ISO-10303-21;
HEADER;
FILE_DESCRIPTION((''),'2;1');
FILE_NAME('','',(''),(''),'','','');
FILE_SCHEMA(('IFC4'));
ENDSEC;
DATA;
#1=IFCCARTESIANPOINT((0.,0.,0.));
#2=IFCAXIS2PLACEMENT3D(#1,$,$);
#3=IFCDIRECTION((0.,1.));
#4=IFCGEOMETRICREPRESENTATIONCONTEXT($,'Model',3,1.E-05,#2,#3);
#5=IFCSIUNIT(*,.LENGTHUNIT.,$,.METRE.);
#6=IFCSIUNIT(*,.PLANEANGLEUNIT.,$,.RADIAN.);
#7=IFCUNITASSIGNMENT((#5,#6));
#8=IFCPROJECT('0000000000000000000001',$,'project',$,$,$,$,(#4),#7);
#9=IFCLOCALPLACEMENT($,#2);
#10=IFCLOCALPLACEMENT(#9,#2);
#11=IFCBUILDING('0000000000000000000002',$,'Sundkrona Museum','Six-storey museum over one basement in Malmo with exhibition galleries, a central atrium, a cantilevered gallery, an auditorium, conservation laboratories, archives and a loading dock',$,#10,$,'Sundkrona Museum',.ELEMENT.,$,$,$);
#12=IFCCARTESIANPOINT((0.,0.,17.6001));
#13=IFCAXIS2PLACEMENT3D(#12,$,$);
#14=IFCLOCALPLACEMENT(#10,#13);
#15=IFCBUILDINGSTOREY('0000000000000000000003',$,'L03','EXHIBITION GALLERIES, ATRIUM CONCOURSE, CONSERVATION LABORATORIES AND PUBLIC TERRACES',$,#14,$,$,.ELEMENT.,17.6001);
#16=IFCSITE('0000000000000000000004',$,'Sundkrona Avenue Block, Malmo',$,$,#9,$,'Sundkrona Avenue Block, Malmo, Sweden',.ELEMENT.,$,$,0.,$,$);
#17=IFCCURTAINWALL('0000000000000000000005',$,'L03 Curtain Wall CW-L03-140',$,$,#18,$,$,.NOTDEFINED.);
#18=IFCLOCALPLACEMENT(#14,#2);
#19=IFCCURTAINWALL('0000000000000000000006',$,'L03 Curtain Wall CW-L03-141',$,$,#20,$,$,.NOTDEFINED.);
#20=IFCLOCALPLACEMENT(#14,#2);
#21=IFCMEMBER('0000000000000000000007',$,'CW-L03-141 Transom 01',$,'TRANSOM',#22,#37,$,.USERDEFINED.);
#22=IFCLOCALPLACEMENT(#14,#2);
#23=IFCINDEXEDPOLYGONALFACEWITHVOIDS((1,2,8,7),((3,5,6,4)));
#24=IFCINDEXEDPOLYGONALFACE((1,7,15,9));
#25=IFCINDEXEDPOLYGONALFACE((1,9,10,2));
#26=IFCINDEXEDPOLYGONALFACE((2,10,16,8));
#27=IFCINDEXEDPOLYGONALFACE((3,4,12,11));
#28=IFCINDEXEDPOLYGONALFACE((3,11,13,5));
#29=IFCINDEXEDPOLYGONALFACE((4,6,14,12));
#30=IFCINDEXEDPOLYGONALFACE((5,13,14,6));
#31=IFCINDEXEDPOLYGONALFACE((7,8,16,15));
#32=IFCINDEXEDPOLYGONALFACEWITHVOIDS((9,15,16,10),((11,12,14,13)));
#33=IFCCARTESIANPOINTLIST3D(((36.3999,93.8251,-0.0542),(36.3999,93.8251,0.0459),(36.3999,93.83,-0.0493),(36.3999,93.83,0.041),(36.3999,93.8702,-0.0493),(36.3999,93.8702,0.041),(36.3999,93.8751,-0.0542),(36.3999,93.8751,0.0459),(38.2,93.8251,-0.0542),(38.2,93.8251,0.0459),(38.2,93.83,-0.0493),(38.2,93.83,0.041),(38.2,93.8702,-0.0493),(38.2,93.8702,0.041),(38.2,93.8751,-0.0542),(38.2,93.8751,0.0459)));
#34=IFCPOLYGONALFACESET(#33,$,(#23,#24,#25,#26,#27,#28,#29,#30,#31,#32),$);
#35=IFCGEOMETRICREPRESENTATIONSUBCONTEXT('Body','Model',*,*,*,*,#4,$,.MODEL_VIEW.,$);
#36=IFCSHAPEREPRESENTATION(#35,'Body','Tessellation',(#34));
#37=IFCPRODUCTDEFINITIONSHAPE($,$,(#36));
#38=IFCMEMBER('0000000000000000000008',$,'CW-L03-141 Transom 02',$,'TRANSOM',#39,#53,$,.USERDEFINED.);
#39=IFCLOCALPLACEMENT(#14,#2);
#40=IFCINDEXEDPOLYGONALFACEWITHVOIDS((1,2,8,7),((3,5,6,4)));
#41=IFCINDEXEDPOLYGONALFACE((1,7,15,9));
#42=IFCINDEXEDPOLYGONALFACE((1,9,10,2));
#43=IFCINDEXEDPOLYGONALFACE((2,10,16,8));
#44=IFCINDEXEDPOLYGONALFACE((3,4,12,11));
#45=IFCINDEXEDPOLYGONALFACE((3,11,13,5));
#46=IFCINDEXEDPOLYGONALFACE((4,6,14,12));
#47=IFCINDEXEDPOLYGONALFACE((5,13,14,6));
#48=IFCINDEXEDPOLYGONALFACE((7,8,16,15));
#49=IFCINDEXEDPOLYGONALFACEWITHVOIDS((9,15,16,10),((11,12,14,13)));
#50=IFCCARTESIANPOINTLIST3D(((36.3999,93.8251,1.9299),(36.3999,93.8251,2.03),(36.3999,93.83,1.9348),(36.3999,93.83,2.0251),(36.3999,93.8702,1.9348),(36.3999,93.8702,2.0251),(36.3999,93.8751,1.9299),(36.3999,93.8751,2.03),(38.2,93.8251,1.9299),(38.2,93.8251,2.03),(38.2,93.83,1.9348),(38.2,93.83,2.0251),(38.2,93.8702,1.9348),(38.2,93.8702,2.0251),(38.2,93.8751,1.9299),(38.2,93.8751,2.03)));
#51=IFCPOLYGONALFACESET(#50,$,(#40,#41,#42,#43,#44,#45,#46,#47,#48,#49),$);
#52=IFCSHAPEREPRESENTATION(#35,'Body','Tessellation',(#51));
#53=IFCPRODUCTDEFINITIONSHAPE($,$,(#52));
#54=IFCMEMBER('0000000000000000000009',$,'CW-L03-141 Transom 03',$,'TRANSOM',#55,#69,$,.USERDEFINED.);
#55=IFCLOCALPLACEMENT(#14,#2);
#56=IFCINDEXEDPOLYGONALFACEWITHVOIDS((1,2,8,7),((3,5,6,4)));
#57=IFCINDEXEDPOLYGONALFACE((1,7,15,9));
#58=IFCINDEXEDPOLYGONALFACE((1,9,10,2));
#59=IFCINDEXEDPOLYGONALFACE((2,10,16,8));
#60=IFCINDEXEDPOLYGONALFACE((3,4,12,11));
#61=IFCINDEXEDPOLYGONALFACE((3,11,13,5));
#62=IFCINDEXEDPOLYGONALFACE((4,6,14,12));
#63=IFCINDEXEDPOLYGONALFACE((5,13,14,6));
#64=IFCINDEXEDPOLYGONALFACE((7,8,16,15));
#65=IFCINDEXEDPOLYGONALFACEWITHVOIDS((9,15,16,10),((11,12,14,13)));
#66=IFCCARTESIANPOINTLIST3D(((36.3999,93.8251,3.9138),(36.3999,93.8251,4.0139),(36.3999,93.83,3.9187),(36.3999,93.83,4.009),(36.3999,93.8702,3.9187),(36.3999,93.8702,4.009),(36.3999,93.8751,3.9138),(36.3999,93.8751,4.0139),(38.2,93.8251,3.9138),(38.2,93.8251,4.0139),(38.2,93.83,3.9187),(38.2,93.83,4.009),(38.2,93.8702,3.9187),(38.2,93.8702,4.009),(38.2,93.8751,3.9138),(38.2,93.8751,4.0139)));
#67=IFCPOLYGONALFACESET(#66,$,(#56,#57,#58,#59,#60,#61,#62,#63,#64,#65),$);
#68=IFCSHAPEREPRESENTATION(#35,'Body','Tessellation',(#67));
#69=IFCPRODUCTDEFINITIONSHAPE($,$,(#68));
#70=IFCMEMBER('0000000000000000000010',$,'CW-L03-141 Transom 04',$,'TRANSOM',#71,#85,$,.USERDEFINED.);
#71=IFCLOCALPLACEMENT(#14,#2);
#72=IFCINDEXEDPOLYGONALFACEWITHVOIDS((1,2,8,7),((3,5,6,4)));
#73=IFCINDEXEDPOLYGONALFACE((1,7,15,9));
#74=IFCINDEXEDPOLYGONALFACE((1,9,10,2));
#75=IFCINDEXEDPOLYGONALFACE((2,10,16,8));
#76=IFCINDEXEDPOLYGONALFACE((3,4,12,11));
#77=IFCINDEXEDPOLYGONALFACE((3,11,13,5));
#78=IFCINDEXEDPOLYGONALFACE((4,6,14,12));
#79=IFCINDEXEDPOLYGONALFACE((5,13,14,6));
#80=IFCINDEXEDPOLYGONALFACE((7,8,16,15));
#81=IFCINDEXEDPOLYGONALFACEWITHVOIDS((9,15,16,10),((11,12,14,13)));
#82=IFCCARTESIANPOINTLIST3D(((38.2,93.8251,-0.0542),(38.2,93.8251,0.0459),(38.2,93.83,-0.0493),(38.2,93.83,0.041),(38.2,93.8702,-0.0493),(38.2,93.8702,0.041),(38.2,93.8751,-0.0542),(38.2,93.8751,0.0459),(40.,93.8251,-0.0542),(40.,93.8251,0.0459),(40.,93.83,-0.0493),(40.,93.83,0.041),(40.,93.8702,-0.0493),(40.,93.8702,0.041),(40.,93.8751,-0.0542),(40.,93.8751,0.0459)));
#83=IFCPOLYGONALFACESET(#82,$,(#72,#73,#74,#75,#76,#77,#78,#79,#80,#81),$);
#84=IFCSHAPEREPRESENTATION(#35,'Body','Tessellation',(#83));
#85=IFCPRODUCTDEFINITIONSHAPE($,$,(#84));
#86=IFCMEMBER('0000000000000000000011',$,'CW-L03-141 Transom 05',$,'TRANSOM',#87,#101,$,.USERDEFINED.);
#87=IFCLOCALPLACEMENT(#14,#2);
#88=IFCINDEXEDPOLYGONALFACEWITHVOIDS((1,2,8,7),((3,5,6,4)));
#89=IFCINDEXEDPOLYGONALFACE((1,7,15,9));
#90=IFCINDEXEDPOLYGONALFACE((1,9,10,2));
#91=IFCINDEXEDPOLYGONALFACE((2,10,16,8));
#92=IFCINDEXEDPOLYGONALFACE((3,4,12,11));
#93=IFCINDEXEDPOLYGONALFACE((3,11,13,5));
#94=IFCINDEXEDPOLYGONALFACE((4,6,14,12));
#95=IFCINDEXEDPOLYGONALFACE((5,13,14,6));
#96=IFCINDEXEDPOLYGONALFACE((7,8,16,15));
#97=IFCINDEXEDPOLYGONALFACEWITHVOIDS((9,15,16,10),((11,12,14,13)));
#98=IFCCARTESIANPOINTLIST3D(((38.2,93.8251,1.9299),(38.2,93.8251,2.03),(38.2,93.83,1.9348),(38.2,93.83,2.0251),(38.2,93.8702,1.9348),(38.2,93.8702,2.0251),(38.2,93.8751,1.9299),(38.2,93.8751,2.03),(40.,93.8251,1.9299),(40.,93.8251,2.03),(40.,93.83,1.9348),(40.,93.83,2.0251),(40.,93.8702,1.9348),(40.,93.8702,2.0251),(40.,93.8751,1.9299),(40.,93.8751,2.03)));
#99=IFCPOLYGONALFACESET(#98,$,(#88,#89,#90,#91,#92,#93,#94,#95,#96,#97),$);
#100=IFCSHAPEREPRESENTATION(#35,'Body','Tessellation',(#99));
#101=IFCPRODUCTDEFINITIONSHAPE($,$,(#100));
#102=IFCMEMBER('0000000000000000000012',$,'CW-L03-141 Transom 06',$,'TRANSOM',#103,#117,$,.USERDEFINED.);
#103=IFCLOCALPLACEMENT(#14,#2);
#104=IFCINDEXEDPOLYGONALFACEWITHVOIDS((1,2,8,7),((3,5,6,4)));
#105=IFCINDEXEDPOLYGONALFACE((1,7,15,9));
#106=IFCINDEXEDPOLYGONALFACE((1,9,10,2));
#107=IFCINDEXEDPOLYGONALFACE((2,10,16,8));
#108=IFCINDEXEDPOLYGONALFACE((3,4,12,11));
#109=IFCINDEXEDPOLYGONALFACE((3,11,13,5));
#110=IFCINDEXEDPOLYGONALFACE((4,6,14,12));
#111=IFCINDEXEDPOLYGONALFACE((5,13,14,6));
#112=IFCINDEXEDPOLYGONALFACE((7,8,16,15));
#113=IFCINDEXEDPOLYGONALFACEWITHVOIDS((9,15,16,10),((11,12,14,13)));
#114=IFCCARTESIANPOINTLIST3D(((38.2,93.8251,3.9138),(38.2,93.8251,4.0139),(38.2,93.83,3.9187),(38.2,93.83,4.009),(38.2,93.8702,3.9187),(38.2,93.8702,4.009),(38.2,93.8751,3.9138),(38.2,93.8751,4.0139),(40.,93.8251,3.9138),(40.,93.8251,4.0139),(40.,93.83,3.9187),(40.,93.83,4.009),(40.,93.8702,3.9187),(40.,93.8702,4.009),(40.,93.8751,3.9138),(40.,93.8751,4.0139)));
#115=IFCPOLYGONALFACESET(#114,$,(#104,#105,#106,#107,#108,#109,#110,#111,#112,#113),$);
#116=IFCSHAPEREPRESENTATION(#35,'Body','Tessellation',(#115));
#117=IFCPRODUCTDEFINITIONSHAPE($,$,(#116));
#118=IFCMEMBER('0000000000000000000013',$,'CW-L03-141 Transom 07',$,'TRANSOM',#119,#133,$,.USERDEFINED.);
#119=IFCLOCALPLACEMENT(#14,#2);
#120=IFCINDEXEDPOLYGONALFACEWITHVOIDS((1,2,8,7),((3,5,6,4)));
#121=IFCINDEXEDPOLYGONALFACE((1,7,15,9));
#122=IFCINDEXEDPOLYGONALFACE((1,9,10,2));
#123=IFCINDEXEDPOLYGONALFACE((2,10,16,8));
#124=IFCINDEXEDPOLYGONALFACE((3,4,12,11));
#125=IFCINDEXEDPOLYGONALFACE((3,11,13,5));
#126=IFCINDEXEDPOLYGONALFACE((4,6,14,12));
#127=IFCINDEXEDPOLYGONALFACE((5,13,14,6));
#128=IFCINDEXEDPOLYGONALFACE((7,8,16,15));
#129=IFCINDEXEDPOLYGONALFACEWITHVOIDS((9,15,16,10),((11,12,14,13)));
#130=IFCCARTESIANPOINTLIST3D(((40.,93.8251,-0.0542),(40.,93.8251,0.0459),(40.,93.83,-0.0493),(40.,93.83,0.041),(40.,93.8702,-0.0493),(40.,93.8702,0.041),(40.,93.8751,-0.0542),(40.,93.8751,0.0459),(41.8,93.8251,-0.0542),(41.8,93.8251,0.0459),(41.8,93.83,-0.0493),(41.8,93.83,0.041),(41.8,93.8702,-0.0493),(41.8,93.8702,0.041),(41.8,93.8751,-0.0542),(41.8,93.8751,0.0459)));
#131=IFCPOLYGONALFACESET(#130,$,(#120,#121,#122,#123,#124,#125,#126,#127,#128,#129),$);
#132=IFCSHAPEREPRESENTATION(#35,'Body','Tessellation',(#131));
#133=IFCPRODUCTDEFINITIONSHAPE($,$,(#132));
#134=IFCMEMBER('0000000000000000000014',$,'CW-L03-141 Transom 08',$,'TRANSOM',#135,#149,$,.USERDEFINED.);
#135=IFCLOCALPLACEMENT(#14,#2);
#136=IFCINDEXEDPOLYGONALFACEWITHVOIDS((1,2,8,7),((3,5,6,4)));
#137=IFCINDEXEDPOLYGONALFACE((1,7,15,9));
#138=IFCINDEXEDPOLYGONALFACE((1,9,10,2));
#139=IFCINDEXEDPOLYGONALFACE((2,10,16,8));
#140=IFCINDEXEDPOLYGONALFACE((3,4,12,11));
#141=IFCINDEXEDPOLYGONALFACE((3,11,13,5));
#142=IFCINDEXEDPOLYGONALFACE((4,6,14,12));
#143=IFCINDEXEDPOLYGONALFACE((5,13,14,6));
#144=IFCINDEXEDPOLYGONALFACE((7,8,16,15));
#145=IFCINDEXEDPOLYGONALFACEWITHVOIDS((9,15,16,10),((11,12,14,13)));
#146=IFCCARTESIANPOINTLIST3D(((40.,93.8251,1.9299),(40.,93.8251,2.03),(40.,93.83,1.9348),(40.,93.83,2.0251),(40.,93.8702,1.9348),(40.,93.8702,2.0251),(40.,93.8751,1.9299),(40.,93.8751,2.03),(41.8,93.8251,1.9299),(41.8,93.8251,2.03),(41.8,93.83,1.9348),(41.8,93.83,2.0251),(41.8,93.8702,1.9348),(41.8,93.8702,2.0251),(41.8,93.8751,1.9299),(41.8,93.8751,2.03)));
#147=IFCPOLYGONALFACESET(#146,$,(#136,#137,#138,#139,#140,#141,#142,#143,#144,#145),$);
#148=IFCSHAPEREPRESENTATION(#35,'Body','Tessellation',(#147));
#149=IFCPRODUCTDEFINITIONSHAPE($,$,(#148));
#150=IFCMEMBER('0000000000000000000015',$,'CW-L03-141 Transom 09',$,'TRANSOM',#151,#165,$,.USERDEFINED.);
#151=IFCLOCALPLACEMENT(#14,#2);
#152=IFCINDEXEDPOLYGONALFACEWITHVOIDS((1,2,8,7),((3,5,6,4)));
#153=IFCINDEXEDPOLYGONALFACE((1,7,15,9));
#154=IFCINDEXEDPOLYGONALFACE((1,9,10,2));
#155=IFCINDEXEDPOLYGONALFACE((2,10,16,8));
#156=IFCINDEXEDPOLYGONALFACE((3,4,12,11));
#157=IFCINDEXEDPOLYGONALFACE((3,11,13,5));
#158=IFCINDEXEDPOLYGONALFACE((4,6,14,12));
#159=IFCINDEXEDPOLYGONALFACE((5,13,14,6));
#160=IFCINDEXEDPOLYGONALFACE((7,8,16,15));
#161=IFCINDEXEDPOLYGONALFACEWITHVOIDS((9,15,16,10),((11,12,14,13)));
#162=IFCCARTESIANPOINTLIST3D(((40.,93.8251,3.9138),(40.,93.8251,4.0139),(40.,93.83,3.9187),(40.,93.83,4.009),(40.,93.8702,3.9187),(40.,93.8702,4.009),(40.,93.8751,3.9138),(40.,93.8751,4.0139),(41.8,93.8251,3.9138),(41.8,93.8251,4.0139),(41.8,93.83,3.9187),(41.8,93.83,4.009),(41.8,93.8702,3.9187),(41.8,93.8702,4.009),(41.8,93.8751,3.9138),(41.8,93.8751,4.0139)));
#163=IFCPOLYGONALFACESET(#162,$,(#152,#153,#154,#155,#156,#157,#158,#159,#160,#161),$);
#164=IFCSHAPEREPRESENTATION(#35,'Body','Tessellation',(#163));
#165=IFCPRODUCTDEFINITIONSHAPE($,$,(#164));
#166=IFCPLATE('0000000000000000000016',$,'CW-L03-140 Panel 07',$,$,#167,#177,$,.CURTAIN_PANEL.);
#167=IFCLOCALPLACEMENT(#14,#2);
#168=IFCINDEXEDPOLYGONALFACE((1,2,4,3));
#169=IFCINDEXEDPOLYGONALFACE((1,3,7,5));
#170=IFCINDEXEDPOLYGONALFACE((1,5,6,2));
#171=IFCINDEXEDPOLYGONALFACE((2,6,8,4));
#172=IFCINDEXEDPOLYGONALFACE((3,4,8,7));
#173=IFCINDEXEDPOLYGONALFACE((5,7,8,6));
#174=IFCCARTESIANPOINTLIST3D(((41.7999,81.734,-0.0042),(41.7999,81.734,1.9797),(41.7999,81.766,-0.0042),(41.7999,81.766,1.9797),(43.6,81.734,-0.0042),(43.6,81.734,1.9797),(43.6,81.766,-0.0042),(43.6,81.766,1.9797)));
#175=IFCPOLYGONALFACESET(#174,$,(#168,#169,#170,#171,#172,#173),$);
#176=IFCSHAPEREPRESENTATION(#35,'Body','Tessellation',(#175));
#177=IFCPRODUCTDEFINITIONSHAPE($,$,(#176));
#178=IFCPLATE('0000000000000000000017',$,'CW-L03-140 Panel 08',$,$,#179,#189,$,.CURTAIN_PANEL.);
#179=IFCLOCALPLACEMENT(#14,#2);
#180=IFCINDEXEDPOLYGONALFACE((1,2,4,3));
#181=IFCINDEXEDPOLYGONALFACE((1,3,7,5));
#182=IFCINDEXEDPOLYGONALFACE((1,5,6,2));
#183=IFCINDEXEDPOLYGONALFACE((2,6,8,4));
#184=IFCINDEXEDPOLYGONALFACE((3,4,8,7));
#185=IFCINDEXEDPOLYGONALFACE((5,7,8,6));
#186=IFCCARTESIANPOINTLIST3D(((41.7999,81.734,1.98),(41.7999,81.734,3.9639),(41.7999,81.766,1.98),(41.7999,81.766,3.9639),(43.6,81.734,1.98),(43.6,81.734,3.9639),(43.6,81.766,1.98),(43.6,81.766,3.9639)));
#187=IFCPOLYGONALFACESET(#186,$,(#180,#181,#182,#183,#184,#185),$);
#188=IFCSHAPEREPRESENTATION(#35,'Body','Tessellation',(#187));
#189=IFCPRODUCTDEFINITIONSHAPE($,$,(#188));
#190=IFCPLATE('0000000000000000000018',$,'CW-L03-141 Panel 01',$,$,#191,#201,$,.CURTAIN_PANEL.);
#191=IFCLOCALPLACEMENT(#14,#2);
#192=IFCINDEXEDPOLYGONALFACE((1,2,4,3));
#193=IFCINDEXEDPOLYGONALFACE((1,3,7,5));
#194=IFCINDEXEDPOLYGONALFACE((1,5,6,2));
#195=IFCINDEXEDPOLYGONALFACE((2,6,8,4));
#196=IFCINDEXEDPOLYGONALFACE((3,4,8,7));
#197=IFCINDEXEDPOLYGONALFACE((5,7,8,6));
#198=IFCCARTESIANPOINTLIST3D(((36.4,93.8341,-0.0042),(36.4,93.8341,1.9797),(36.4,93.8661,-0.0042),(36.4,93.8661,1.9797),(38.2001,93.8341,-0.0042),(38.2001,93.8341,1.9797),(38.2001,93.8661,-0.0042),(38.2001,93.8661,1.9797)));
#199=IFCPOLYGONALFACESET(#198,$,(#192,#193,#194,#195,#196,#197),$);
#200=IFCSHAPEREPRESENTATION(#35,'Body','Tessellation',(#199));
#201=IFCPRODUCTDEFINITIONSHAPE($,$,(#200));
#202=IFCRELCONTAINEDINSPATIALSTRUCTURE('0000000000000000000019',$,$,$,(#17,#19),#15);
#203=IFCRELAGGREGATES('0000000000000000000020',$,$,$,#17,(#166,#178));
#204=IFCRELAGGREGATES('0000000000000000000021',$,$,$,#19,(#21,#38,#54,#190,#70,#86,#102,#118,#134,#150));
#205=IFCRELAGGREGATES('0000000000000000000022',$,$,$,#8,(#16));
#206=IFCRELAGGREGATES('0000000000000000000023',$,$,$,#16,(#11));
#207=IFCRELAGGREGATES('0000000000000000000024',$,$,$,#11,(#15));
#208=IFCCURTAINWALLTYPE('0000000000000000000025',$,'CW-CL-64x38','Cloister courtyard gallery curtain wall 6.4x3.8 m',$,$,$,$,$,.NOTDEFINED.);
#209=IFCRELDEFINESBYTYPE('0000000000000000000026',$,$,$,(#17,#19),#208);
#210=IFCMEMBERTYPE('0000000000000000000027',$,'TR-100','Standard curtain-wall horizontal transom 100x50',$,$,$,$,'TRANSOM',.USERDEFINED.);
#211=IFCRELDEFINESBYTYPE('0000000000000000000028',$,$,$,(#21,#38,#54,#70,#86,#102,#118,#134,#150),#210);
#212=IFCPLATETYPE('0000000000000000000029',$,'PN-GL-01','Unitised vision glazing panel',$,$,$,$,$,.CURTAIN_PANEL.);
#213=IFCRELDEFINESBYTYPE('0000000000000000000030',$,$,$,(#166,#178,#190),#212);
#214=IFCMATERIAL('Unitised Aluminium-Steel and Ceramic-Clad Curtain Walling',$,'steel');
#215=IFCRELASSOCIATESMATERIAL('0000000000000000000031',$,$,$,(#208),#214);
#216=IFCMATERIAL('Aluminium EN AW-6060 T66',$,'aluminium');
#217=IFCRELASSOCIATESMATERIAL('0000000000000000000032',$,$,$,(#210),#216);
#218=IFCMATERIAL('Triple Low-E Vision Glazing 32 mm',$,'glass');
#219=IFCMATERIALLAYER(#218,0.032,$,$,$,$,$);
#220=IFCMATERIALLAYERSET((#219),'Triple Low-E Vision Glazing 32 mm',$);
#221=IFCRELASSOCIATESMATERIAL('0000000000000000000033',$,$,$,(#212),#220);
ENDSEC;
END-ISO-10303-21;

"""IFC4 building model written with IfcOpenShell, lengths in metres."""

from ifc_helpers import new_model, si_unit, direction, frame, origin, origin_2d, place, context, subcontext, project, spatial, rectangle, hollow_rectangle, extrude, material, layer, layer_set, material_profile, profile_set, type_object, element, aggregate, save


model = new_model("IFC4")

# Units and contexts
model_context = context("Model", 3, precision=1e-05, world=origin(), true_north=direction((0.0, 1.0)))
body_context = subcontext(model_context, "Body", "Model", "MODEL_VIEW")
ifc_project = project(units=[si_unit("LENGTHUNIT", "METRE"), si_unit("PLANEANGLEUNIT", "RADIAN")], contexts=[model_context])

# Site, building, storey
site_placement = place(None, origin())
site = spatial("IfcSite", under=ifc_project, at=site_placement, Name="Sundkrona Avenue Block, Malmo", LongName="Sundkrona Avenue Block, Malmo, Sweden", CompositionType="ELEMENT", RefElevation=0.0)
building_placement = place(site_placement, origin())
building = spatial("IfcBuilding", under=site, at=building_placement, Name="Sundkrona Museum", Description="Six-storey museum over one basement in Malmo with exhibition galleries, a central atrium, a cantilevered gallery, an auditorium, conservation laboratories, archives and a loading dock", LongName="Sundkrona Museum", CompositionType="ELEMENT")
storey_placement = place(building_placement, frame((0.0, 0.0, 17.6001)))
storey = spatial("IfcBuildingStorey", under=building, at=storey_placement, Name="L03", Description="EXHIBITION GALLERIES, ATRIUM CONCOURSE, CONSERVATION LABORATORIES AND PUBLIC TERRACES", CompositionType="ELEMENT", Elevation=17.6001)

# Curtain wall
ifc_material_1 = material(Name="Unitised Aluminium-Steel and Ceramic-Clad Curtain Walling", Category="steel")
curtain_wall_type = type_object("IfcCurtainWallType", Name="CW-CL-64x38", Description="Cloister courtyard gallery curtain wall 6.4x3.8 m", PredefinedType="NOTDEFINED", material=ifc_material_1)
curtain_wall_1_placement = place(storey_placement, origin())
curtain_wall_1 = element("IfcCurtainWall", 1, at=curtain_wall_1_placement, inside=storey, type_object=curtain_wall_type, Name="L03 Curtain Wall CW-L03-140", PredefinedType="NOTDEFINED")
ifc_material_2 = material(Name="Aluminium EN AW-6060 T66", Category="aluminium")

# Curtain wall
curtain_wall_2_placement = place(storey_placement, origin())
curtain_wall_2 = element("IfcCurtainWall", 2, at=curtain_wall_2_placement, inside=storey, type_object=curtain_wall_type, Name="L03 Curtain Wall CW-L03-141", PredefinedType="NOTDEFINED")

# Members
ifc_material_profile_1 = material_profile(ifc_material_2, hollow_rectangle(XDim=0.05, YDim=0.1001, WallThickness=0.0049, at=origin_2d()), Name="RHS 100x50x5.0")
ifc_profile_set_1 = profile_set([ifc_material_profile_1], Name="Aluminium EN AW-6060 T66")
member_type_1 = type_object("IfcMemberType", Name="TR-100", Description="Standard curtain-wall horizontal transom 100x50", ElementType="TRANSOM", PredefinedType="USERDEFINED", material=ifc_profile_set_1)
member_1_placement = place(storey_placement, frame((36.3999, 93.8501, -0.0042), z_axis=(1.0, 0.0, 0.0), x_axis=(0.0, 1.0, 0.0)))
member_1 = element("IfcMember", 3, at=member_1_placement, type_object=member_type_1, Name="CW-L03-141 Transom 01", ObjectType="TRANSOM", PredefinedType="USERDEFINED", context=body_context, shape_type="SweptSolid", body=[
    extrude(hollow_rectangle(XDim=0.05, YDim=0.1001, WallThickness=0.0049, at=origin_2d()), origin(), (0.0, 0.0, 1.0), 1.8),
])
member_2_placement = place(storey_placement, frame((36.3999, 93.8501, 1.98), z_axis=(1.0, 0.0, 0.0), x_axis=(0.0, 1.0, 0.0)))
member_2 = element("IfcMember", 4, at=member_2_placement, type_object=member_type_1, Name="CW-L03-141 Transom 02", ObjectType="TRANSOM", PredefinedType="USERDEFINED", context=body_context, shape_type="SweptSolid", body=[
    extrude(hollow_rectangle(XDim=0.05, YDim=0.1001, WallThickness=0.0049, at=origin_2d()), origin(), (0.0, 0.0, 1.0), 1.8),
])
member_3_placement = place(storey_placement, frame((36.3999, 93.8501, 3.9639), z_axis=(1.0, 0.0, 0.0), x_axis=(0.0, 1.0, 0.0)))
member_3 = element("IfcMember", 5, at=member_3_placement, type_object=member_type_1, Name="CW-L03-141 Transom 03", ObjectType="TRANSOM", PredefinedType="USERDEFINED", context=body_context, shape_type="SweptSolid", body=[
    extrude(hollow_rectangle(XDim=0.05, YDim=0.1001, WallThickness=0.0049, at=origin_2d()), origin(), (0.0, 0.0, 1.0), 1.8),
])
member_4_placement = place(storey_placement, frame((38.2, 93.8501, -0.0042), z_axis=(1.0, 0.0, 0.0), x_axis=(0.0, 1.0, 0.0)))
member_4 = element("IfcMember", 6, at=member_4_placement, type_object=member_type_1, Name="CW-L03-141 Transom 04", ObjectType="TRANSOM", PredefinedType="USERDEFINED", context=body_context, shape_type="SweptSolid", body=[
    extrude(hollow_rectangle(XDim=0.05, YDim=0.1001, WallThickness=0.0049, at=origin_2d()), origin(), (0.0, 0.0, 1.0), 1.8),
])
member_5_placement = place(storey_placement, frame((38.2, 93.8501, 1.98), z_axis=(1.0, 0.0, 0.0), x_axis=(0.0, 1.0, 0.0)))
member_5 = element("IfcMember", 7, at=member_5_placement, type_object=member_type_1, Name="CW-L03-141 Transom 05", ObjectType="TRANSOM", PredefinedType="USERDEFINED", context=body_context, shape_type="SweptSolid", body=[
    extrude(hollow_rectangle(XDim=0.05, YDim=0.1001, WallThickness=0.0049, at=origin_2d()), origin(), (0.0, 0.0, 1.0), 1.8),
])
member_6_placement = place(storey_placement, frame((38.2, 93.8501, 3.9639), z_axis=(1.0, 0.0, 0.0), x_axis=(0.0, 1.0, 0.0)))
member_6 = element("IfcMember", 8, at=member_6_placement, type_object=member_type_1, Name="CW-L03-141 Transom 06", ObjectType="TRANSOM", PredefinedType="USERDEFINED", context=body_context, shape_type="SweptSolid", body=[
    extrude(hollow_rectangle(XDim=0.05, YDim=0.1001, WallThickness=0.0049, at=origin_2d()), origin(), (0.0, 0.0, 1.0), 1.8),
])
member_7_placement = place(storey_placement, frame((40.0, 93.8501, -0.0042), z_axis=(1.0, 0.0, 0.0), x_axis=(0.0, 1.0, 0.0)))
member_7 = element("IfcMember", 9, at=member_7_placement, type_object=member_type_1, Name="CW-L03-141 Transom 07", ObjectType="TRANSOM", PredefinedType="USERDEFINED", context=body_context, shape_type="SweptSolid", body=[
    extrude(hollow_rectangle(XDim=0.05, YDim=0.1001, WallThickness=0.0049, at=origin_2d()), origin(), (0.0, 0.0, 1.0), 1.8),
])
member_8_placement = place(storey_placement, frame((40.0, 93.8501, 1.98), z_axis=(1.0, 0.0, 0.0), x_axis=(0.0, 1.0, 0.0)))
member_8 = element("IfcMember", 10, at=member_8_placement, type_object=member_type_1, Name="CW-L03-141 Transom 08", ObjectType="TRANSOM", PredefinedType="USERDEFINED", context=body_context, shape_type="SweptSolid", body=[
    extrude(hollow_rectangle(XDim=0.05, YDim=0.1001, WallThickness=0.0049, at=origin_2d()), origin(), (0.0, 0.0, 1.0), 1.8),
])
member_9_placement = place(storey_placement, frame((40.0, 93.8501, 3.9639), z_axis=(1.0, 0.0, 0.0), x_axis=(0.0, 1.0, 0.0)))
member_9 = element("IfcMember", 11, at=member_9_placement, type_object=member_type_1, Name="CW-L03-141 Transom 09", ObjectType="TRANSOM", PredefinedType="USERDEFINED", context=body_context, shape_type="SweptSolid", body=[
    extrude(hollow_rectangle(XDim=0.05, YDim=0.1001, WallThickness=0.0049, at=origin_2d()), origin(), (0.0, 0.0, 1.0), 1.8),
])

# Plates
ifc_material_3 = material(Name="Triple Low-E Vision Glazing 32 mm", Category="glass")
ifc_layer = layer(ifc_material_3, 0.032)
ifc_layer_set = layer_set([ifc_layer], Name="Triple Low-E Vision Glazing 32 mm")
plate_type = type_object("IfcPlateType", Name="PN-GL-01", Description="Unitised vision glazing panel", PredefinedType="CURTAIN_PANEL", material=ifc_layer_set)
plate_1_placement = place(storey_placement, frame((42.7, 81.75, -0.0042), z_axis=(0.0, 0.0, 1.0), x_axis=(1.0, 0.0, 0.0)))
plate_1 = element("IfcPlate", 12, at=plate_1_placement, type_object=plate_type, Name="CW-L03-140 Panel 07", PredefinedType="CURTAIN_PANEL", context=body_context, shape_type="SweptSolid", body=[
    extrude(rectangle(XDim=1.8, YDim=0.032, at=origin_2d()), origin(), (0.0, 0.0, 1.0), 1.9839),
])
plate_2_placement = place(storey_placement, frame((42.7, 81.75, 1.98), z_axis=(0.0, 0.0, 1.0), x_axis=(1.0, 0.0, 0.0)))
plate_2 = element("IfcPlate", 13, at=plate_2_placement, type_object=plate_type, Name="CW-L03-140 Panel 08", PredefinedType="CURTAIN_PANEL", context=body_context, shape_type="SweptSolid", body=[
    extrude(rectangle(XDim=1.8, YDim=0.032, at=origin_2d()), origin(), (0.0, 0.0, 1.0), 1.9839),
])
aggregate(curtain_wall_1, [plate_1, plate_2])
plate_3_placement = place(storey_placement, frame((37.3, 93.8501, -0.0042), z_axis=(0.0, 0.0, 1.0), x_axis=(1.0, 0.0, 0.0)))
plate_3 = element("IfcPlate", 14, at=plate_3_placement, type_object=plate_type, Name="CW-L03-141 Panel 01", PredefinedType="CURTAIN_PANEL", context=body_context, shape_type="SweptSolid", body=[
    extrude(rectangle(XDim=1.8, YDim=0.032, at=origin_2d()), origin(), (0.0, 0.0, 1.0), 1.9839),
])
aggregate(curtain_wall_2, [member_1, member_2, member_3, plate_3, member_4, member_5, member_6, member_7, member_8, member_9])

save(model, "model.ifc")
